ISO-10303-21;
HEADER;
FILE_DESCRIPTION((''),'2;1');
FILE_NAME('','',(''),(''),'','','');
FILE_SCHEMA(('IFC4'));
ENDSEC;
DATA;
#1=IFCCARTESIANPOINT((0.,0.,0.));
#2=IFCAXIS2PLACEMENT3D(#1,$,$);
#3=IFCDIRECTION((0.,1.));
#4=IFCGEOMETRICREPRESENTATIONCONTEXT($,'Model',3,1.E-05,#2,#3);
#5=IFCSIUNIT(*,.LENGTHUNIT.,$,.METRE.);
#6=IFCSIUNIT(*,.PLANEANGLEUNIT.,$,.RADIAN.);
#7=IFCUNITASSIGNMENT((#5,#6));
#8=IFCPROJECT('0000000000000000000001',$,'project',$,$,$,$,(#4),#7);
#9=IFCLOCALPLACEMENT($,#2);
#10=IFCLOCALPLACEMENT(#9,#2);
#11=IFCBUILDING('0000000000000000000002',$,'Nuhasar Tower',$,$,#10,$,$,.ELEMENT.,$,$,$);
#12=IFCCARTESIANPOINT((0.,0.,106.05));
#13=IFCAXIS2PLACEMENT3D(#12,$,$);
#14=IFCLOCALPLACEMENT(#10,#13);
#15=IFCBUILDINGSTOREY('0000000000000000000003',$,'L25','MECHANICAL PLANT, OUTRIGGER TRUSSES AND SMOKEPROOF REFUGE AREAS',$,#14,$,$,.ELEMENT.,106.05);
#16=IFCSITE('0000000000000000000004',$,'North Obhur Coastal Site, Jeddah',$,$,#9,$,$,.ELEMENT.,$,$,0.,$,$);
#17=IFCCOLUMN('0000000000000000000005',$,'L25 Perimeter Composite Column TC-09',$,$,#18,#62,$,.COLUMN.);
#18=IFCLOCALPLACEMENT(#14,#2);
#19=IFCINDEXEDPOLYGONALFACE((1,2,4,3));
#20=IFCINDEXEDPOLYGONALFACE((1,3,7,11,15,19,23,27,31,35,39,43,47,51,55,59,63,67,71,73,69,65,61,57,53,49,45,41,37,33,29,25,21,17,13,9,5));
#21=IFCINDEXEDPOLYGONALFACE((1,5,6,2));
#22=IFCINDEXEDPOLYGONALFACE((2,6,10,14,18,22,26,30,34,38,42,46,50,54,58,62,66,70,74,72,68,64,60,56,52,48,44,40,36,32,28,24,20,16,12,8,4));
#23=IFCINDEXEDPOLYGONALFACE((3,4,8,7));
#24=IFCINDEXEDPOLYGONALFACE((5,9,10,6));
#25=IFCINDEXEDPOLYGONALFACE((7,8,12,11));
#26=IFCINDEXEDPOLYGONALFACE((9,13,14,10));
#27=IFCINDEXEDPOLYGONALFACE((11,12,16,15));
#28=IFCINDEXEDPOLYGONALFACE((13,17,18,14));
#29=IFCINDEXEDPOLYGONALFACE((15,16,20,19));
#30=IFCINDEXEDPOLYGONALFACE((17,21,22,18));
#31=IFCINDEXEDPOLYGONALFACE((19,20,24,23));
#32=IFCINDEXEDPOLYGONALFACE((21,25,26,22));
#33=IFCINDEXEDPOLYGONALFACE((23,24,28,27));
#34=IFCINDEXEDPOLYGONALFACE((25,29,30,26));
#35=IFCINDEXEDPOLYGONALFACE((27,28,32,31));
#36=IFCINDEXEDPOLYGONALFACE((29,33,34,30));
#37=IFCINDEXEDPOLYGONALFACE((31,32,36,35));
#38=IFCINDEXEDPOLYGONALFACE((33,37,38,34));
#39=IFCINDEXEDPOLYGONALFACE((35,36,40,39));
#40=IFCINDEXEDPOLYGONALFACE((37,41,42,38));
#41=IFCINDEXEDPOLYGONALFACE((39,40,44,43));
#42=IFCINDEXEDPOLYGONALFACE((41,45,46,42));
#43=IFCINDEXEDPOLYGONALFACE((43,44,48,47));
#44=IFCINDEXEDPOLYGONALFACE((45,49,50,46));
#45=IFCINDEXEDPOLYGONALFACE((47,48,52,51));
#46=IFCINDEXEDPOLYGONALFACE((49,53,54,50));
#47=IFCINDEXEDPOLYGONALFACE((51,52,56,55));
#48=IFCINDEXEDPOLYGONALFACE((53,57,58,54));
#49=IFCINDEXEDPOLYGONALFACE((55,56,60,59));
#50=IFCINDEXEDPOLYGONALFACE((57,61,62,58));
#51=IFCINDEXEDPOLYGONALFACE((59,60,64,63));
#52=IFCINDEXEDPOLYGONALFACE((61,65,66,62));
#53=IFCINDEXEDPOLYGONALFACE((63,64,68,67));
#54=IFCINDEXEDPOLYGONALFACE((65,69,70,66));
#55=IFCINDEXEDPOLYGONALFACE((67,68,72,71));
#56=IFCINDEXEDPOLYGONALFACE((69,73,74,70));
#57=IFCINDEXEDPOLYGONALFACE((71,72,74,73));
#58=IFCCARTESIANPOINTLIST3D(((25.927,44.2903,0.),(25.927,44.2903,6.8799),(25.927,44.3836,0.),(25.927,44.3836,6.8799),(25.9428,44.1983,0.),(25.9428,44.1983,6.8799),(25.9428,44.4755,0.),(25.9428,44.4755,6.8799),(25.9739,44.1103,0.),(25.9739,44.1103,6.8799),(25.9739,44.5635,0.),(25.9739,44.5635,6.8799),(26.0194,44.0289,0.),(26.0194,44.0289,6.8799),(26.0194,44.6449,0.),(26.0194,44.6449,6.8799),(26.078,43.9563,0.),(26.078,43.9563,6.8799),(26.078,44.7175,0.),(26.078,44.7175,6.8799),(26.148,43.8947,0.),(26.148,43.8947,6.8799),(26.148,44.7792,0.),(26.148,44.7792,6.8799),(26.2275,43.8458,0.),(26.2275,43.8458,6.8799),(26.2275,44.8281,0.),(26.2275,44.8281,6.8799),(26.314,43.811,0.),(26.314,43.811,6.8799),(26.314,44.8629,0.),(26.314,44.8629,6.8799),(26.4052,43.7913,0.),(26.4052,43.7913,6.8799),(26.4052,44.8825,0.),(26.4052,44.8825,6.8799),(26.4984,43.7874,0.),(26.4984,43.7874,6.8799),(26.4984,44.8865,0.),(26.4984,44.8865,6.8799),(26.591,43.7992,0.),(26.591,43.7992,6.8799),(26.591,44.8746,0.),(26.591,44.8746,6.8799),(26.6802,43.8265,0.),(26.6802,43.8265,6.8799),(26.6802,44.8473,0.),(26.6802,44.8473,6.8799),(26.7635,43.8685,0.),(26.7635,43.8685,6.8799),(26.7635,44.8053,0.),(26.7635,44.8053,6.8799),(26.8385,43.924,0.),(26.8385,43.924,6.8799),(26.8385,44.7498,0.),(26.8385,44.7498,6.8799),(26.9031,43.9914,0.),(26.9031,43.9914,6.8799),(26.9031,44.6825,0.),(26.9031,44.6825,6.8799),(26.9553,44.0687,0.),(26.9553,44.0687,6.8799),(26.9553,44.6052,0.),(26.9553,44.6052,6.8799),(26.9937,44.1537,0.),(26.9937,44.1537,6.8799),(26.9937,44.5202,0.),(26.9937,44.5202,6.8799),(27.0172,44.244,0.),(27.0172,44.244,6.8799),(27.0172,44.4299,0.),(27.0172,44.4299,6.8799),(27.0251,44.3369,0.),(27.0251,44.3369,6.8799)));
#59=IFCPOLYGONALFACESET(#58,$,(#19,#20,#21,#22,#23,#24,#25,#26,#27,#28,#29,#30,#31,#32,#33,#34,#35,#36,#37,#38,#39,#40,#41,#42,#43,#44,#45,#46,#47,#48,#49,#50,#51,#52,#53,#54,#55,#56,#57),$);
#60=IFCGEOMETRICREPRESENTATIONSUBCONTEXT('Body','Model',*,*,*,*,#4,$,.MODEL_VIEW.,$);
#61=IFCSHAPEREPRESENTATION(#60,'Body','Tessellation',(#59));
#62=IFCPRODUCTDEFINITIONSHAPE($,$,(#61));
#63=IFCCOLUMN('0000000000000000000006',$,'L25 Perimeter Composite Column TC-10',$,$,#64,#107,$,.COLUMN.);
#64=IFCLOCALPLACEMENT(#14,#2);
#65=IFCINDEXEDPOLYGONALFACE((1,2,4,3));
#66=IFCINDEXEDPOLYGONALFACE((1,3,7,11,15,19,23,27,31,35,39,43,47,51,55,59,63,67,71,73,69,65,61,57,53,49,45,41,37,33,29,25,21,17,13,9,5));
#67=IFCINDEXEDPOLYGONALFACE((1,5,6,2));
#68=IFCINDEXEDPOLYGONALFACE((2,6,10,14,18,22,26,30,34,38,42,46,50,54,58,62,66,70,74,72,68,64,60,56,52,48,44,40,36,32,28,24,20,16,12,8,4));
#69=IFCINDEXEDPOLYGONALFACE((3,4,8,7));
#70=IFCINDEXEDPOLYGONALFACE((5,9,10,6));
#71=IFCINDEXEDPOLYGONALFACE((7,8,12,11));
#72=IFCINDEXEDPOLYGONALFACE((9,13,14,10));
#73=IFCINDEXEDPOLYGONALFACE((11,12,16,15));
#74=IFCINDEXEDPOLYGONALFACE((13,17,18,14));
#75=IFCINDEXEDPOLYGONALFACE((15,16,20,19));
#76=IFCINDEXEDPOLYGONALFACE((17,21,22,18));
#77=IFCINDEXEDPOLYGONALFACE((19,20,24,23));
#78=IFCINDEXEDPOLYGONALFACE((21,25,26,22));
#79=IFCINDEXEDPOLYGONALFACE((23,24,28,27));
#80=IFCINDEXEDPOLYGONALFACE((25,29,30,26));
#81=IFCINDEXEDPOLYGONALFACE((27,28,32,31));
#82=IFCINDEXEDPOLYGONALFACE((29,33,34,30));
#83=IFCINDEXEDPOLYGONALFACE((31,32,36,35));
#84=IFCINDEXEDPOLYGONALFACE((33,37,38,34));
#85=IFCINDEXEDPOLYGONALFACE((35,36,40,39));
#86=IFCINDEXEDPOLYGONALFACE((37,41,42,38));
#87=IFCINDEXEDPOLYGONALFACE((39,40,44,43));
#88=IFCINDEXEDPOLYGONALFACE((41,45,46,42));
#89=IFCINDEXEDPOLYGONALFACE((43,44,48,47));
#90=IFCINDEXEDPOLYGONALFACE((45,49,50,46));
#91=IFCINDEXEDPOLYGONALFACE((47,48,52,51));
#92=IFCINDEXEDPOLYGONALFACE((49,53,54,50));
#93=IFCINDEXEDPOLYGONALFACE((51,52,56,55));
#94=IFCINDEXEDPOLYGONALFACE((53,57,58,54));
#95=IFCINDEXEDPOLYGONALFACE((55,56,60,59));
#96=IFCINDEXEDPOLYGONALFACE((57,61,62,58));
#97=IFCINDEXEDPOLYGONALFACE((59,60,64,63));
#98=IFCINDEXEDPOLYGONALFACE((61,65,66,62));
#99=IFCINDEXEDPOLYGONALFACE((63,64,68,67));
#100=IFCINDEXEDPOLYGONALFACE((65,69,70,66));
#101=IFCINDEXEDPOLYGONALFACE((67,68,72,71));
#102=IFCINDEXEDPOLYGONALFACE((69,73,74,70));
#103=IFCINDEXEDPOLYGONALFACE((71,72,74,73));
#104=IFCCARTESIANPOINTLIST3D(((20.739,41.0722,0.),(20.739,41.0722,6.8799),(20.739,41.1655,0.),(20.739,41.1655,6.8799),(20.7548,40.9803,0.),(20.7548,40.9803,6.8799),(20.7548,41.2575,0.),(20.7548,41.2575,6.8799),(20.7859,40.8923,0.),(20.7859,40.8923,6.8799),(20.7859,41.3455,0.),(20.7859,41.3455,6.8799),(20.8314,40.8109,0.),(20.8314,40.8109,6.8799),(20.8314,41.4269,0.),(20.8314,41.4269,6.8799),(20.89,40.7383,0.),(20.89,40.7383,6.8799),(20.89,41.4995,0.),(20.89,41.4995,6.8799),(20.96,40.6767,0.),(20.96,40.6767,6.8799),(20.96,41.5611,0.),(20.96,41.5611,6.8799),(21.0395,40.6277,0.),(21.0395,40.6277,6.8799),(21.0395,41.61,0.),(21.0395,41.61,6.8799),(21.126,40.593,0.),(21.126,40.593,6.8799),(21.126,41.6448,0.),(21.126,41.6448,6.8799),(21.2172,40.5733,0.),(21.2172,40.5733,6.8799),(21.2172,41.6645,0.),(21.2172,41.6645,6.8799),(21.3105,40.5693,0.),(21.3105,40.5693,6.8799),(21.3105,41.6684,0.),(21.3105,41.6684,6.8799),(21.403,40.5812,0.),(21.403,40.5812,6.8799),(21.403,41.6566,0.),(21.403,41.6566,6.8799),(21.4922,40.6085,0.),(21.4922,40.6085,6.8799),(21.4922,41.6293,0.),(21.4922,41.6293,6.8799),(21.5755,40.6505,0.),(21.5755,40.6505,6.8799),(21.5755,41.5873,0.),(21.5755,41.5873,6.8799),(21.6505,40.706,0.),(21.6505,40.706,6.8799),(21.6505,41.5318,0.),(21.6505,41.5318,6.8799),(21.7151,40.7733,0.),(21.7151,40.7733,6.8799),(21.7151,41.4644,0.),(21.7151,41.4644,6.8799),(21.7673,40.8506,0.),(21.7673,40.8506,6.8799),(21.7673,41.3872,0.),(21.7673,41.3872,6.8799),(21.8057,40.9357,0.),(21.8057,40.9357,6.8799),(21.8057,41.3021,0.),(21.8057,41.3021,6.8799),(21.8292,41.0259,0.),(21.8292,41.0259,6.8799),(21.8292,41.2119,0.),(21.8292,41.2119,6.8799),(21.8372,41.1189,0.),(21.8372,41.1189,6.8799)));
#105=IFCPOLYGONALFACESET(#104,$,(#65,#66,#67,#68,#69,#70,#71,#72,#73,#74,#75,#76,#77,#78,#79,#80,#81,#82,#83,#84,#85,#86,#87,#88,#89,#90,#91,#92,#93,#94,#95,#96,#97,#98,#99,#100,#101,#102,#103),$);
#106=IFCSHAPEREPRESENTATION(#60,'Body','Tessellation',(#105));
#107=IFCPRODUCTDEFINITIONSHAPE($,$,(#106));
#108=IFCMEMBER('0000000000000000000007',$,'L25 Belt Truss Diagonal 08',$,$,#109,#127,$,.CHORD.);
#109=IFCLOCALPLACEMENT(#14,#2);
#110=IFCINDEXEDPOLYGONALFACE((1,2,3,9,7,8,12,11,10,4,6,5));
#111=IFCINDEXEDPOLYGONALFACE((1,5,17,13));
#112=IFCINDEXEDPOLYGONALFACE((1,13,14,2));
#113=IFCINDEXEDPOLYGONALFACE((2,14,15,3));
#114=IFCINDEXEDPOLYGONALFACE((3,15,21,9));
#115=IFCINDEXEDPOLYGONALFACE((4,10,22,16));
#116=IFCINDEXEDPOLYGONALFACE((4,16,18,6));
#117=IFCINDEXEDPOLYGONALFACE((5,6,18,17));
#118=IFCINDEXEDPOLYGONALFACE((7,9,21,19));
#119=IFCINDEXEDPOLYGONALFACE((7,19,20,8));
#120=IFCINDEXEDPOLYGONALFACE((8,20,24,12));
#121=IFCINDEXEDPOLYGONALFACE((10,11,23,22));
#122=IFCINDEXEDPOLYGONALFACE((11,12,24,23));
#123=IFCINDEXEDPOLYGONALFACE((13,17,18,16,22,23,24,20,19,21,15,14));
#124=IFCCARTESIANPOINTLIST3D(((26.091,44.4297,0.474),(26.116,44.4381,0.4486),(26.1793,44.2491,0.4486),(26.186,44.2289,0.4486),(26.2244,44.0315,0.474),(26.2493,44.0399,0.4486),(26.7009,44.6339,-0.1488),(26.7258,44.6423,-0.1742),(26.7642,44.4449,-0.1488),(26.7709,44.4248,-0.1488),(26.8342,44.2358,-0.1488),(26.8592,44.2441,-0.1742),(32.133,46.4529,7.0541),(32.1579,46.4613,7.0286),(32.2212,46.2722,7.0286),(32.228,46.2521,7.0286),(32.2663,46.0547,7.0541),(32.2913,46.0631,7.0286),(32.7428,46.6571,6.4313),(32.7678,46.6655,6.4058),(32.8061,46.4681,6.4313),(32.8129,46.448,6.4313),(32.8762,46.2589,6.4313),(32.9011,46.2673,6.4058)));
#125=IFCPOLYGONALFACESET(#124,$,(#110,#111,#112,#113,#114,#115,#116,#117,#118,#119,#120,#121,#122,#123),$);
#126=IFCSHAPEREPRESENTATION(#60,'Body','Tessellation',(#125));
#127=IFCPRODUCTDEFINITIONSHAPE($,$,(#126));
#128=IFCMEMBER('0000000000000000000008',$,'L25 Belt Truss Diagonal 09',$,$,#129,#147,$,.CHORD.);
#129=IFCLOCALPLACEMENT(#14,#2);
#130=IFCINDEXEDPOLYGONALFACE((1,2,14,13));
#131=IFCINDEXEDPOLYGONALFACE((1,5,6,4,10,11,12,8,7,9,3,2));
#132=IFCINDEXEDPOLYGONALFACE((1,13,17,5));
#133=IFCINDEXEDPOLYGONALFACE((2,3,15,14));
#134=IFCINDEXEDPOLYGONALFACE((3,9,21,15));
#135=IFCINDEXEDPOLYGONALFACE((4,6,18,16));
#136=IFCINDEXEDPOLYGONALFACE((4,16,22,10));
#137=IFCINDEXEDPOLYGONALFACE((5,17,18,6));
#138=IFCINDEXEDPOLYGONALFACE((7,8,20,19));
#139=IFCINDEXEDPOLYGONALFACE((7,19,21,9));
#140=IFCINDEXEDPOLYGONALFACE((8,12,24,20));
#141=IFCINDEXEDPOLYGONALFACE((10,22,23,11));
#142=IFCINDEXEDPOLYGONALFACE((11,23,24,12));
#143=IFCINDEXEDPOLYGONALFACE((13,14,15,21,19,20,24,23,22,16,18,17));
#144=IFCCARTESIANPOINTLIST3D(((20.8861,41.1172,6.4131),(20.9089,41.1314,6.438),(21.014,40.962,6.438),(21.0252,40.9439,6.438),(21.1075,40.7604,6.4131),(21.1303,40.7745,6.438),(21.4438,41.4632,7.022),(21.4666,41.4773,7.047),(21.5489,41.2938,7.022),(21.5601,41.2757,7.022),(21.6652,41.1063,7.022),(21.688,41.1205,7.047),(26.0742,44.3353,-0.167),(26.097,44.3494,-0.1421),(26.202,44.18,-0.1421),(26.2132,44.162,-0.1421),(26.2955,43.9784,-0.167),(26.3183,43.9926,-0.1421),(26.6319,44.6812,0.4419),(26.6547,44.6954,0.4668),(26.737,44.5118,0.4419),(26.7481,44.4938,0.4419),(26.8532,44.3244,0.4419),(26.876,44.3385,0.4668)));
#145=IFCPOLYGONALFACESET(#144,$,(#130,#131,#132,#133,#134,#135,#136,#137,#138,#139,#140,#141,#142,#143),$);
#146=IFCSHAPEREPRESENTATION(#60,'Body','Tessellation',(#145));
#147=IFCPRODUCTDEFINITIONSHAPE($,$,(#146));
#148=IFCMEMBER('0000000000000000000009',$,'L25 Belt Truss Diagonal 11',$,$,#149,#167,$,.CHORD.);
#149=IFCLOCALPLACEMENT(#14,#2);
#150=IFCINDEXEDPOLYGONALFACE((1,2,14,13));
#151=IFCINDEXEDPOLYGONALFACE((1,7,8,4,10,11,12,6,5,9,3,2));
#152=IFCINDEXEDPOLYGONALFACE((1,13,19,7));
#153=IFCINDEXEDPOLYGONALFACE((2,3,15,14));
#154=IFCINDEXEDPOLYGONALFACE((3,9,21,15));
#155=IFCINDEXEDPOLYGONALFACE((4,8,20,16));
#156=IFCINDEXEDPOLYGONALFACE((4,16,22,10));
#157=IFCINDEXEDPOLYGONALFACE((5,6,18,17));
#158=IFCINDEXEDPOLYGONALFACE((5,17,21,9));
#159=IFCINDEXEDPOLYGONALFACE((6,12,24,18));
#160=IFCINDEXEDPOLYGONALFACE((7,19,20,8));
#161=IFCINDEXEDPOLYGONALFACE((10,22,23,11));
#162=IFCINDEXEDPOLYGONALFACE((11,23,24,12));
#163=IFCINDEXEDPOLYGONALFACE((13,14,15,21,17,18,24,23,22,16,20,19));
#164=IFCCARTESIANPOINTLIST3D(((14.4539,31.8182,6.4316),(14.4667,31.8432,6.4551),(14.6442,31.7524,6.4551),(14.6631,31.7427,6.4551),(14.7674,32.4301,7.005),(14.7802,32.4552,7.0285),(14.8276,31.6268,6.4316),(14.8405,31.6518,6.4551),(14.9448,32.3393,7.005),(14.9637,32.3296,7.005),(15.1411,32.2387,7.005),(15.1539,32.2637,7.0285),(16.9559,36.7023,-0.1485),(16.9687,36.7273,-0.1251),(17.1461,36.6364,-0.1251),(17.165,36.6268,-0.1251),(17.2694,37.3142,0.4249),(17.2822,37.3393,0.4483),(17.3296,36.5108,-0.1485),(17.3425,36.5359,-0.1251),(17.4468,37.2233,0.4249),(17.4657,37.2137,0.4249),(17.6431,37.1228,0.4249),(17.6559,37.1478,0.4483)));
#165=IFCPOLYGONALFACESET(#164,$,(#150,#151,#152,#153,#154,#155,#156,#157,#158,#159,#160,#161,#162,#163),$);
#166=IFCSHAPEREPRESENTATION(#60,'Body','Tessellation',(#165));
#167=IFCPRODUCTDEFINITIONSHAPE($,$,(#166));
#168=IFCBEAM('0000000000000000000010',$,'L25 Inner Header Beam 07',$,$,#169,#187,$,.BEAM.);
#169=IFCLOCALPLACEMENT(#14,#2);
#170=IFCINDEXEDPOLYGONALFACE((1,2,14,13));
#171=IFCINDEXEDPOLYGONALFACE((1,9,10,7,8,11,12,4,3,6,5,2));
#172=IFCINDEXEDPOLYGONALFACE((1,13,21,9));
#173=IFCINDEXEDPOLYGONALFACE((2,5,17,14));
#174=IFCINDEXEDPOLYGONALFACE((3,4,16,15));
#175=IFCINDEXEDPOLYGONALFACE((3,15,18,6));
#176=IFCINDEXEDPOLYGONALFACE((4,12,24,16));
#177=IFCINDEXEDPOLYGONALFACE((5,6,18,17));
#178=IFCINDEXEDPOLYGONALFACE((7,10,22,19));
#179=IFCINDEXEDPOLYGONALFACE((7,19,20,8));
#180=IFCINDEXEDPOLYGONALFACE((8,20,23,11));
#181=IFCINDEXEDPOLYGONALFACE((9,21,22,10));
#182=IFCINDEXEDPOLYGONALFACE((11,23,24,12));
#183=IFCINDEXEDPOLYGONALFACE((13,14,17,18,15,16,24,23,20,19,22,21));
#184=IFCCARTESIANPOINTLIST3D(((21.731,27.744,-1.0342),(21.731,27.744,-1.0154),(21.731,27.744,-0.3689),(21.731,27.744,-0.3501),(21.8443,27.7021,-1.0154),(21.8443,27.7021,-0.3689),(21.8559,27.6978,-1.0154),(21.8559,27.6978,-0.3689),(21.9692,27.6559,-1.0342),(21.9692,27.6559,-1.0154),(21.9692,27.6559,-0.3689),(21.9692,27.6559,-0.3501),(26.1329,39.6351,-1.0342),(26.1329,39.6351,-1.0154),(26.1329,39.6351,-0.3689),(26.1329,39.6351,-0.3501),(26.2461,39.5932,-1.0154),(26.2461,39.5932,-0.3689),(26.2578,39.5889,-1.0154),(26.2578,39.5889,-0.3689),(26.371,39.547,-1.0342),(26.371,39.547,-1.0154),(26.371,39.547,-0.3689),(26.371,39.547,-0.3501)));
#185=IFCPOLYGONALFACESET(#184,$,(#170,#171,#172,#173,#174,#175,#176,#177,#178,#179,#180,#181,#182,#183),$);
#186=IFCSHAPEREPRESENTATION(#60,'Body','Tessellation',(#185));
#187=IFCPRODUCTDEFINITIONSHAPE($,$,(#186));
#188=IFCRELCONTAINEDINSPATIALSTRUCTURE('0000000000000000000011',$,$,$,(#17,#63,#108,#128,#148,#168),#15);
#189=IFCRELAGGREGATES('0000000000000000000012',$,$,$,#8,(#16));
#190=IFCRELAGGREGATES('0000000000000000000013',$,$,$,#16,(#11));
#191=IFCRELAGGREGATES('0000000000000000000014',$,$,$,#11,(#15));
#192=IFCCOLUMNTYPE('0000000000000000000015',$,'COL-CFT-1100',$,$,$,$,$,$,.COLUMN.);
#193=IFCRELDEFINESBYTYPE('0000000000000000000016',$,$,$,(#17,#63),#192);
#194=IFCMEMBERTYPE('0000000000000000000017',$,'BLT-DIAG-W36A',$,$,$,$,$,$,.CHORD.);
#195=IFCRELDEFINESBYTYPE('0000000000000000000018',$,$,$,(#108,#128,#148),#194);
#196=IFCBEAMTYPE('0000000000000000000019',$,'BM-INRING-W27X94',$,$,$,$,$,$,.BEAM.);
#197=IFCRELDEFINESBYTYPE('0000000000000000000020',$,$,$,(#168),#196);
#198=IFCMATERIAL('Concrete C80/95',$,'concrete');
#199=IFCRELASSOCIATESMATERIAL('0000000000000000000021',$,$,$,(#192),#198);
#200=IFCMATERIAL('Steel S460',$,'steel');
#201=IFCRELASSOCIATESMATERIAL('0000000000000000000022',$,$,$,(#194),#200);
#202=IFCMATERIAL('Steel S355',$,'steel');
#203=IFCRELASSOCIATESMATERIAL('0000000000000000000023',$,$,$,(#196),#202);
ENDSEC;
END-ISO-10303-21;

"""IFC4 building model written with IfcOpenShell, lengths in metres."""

from ifc_helpers import new_model, si_unit, direction, frame, origin, origin_2d, place, context, subcontext, project, spatial, circle, i_section, extrude, material, material_profile, profile_set, type_object, element, save


model = new_model("IFC4")

# Units and contexts
model_context = context("Model", 3, precision=1e-05, world=origin(), true_north=direction((0.0, 1.0)))
body_context = subcontext(model_context, "Body", "Model", "MODEL_VIEW")
ifc_project = project(units=[si_unit("LENGTHUNIT", "METRE"), si_unit("PLANEANGLEUNIT", "RADIAN")], contexts=[model_context])

# Site, building, storey
site_placement = place(None, origin())
site = spatial("IfcSite", under=ifc_project, at=site_placement, Name="North Obhur Coastal Site, Jeddah", CompositionType="ELEMENT", RefElevation=0.0)
building_placement = place(site_placement, origin())
building = spatial("IfcBuilding", under=site, at=building_placement, Name="Nuhasar Tower", CompositionType="ELEMENT")
storey_placement = place(building_placement, frame((0.0, 0.0, 106.05)))
storey = spatial("IfcBuildingStorey", under=building, at=storey_placement, Name="L25", Description="MECHANICAL PLANT, OUTRIGGER TRUSSES AND SMOKEPROOF REFUGE AREAS", CompositionType="ELEMENT", Elevation=106.05)

# Columns
ifc_material_1 = material(Name="Concrete C80/95", Category="concrete")
ifc_material_profile_1 = material_profile(ifc_material_1, circle(Radius=0.55, at=origin_2d()), Name="CFT1100")
ifc_profile_set_1 = profile_set([ifc_material_profile_1], Name="Concrete C80/95")
column_type = type_object("IfcColumnType", Name="COL-CFT-1100", PredefinedType="COLUMN", material=ifc_profile_set_1)
for number, where, z_axis, x_axis, name in (
    (1, (26.4751, 44.3369, 0.0), (0.0, 0.0, 1.0), (1.0, 0.0, 0.0), "L25 Perimeter Composite Column TC-09"),
    (2, (21.2871, 41.1189, 0.0), (0.0, 0.0, 1.0), (1.0, 0.0, 0.0), "L25 Perimeter Composite Column TC-10"),
):
    element("IfcColumn", number, at=place(storey_placement, frame(where, z_axis=z_axis, x_axis=x_axis)), inside=storey, type_object=column_type, Name=name, PredefinedType="COLUMN", context=body_context, shape_type="SweptSolid", body=[
        extrude(circle(Radius=0.55, at=origin_2d()), origin(), (0.0, 0.0, 1.0), 6.8799),
    ])

# Members
ifc_material_2 = material(Name="Steel S460", Category="steel")
ifc_material_profile_2 = material_profile(ifc_material_2, i_section(OverallWidth=0.4199, OverallDepth=0.9319, WebThickness=0.0212, FlangeThickness=0.0366, at=origin_2d()), Name="W36X262")
ifc_profile_set_2 = profile_set([ifc_material_profile_2], Name="Steel S460")
member_type_1 = type_object("IfcMemberType", Name="BLT-DIAG-W36A", PredefinedType="CHORD", material=ifc_profile_set_2)
member_1_placement = place(storey_placement, frame((26.4751, 44.3369, 0.1499), z_axis=(0.659642, 0.220885, 0.718388), x_axis=(-0.317526, 0.948249, 0.0)))
element("IfcMember", 3, at=member_1_placement, inside=storey, type_object=member_type_1, Name="L25 Belt Truss Diagonal 08", PredefinedType="CHORD", context=body_context, shape_type="SweptSolid", body=[
    extrude(i_section(OverallWidth=0.4199, OverallDepth=0.9319, WebThickness=0.0212, FlangeThickness=0.0366, at=origin_2d()), origin(), (0.0, 0.0, 1.0), 9.1594),
])
member_2_placement = place(storey_placement, frame((26.4751, 44.3369, 0.1499), z_axis=(-0.577985, -0.358514, 0.733076), x_axis=(0.527113, -0.849795, 0.0)))
element("IfcMember", 4, at=member_2_placement, inside=storey, type_object=member_type_1, Name="L25 Belt Truss Diagonal 09", PredefinedType="CHORD", context=body_context, shape_type="SweptSolid", body=[
    extrude(i_section(OverallWidth=0.4199, OverallDepth=0.9319, WebThickness=0.0212, FlangeThickness=0.0366, at=origin_2d()), origin(), (0.0, 0.0, 1.0), 8.9761),
])
member_3_placement = place(storey_placement, frame((17.3059, 36.925, 0.1499), z_axis=(-0.292011, -0.570031, 0.767981), x_axis=(0.890016, -0.45593, 0.0)))
element("IfcMember", 5, at=member_3_placement, inside=storey, type_object=member_type_1, Name="L25 Belt Truss Diagonal 11", PredefinedType="CHORD", context=body_context, shape_type="SweptSolid", body=[
    extrude(i_section(OverallWidth=0.4199, OverallDepth=0.9319, WebThickness=0.0212, FlangeThickness=0.0366, at=origin_2d()), origin(), (0.0, 0.0, 1.0), 8.5681),
])

# Beam
ifc_material_3 = material(Name="Steel S355", Category="steel")
ifc_material_profile_3 = material_profile(ifc_material_3, i_section(OverallWidth=0.2539, OverallDepth=0.6841, WebThickness=0.0125, FlangeThickness=0.0188, at=origin_2d()), Name="W27X94")
ifc_profile_set_3 = profile_set([ifc_material_profile_3], Name="Steel S355")
beam_type_1 = type_object("IfcBeamType", Name="BM-INRING-W27X94", PredefinedType="BEAM", material=ifc_profile_set_3)
beam_1_placement = place(storey_placement, frame((26.252, 39.5911, -0.6921), z_axis=(-0.347158, -0.937807, 0.0), x_axis=(0.937807, -0.347158, 0.0)))
element("IfcBeam", 6, at=beam_1_placement, inside=storey, type_object=beam_type_1, Name="L25 Inner Header Beam 07", PredefinedType="BEAM", context=body_context, shape_type="SweptSolid", body=[
    extrude(i_section(OverallWidth=0.2539, OverallDepth=0.6841, WebThickness=0.0125, FlangeThickness=0.0188, at=origin_2d()), origin(), (0.0, 0.0, 1.0), 12.6797),
])

save(model, "model.ifc")
